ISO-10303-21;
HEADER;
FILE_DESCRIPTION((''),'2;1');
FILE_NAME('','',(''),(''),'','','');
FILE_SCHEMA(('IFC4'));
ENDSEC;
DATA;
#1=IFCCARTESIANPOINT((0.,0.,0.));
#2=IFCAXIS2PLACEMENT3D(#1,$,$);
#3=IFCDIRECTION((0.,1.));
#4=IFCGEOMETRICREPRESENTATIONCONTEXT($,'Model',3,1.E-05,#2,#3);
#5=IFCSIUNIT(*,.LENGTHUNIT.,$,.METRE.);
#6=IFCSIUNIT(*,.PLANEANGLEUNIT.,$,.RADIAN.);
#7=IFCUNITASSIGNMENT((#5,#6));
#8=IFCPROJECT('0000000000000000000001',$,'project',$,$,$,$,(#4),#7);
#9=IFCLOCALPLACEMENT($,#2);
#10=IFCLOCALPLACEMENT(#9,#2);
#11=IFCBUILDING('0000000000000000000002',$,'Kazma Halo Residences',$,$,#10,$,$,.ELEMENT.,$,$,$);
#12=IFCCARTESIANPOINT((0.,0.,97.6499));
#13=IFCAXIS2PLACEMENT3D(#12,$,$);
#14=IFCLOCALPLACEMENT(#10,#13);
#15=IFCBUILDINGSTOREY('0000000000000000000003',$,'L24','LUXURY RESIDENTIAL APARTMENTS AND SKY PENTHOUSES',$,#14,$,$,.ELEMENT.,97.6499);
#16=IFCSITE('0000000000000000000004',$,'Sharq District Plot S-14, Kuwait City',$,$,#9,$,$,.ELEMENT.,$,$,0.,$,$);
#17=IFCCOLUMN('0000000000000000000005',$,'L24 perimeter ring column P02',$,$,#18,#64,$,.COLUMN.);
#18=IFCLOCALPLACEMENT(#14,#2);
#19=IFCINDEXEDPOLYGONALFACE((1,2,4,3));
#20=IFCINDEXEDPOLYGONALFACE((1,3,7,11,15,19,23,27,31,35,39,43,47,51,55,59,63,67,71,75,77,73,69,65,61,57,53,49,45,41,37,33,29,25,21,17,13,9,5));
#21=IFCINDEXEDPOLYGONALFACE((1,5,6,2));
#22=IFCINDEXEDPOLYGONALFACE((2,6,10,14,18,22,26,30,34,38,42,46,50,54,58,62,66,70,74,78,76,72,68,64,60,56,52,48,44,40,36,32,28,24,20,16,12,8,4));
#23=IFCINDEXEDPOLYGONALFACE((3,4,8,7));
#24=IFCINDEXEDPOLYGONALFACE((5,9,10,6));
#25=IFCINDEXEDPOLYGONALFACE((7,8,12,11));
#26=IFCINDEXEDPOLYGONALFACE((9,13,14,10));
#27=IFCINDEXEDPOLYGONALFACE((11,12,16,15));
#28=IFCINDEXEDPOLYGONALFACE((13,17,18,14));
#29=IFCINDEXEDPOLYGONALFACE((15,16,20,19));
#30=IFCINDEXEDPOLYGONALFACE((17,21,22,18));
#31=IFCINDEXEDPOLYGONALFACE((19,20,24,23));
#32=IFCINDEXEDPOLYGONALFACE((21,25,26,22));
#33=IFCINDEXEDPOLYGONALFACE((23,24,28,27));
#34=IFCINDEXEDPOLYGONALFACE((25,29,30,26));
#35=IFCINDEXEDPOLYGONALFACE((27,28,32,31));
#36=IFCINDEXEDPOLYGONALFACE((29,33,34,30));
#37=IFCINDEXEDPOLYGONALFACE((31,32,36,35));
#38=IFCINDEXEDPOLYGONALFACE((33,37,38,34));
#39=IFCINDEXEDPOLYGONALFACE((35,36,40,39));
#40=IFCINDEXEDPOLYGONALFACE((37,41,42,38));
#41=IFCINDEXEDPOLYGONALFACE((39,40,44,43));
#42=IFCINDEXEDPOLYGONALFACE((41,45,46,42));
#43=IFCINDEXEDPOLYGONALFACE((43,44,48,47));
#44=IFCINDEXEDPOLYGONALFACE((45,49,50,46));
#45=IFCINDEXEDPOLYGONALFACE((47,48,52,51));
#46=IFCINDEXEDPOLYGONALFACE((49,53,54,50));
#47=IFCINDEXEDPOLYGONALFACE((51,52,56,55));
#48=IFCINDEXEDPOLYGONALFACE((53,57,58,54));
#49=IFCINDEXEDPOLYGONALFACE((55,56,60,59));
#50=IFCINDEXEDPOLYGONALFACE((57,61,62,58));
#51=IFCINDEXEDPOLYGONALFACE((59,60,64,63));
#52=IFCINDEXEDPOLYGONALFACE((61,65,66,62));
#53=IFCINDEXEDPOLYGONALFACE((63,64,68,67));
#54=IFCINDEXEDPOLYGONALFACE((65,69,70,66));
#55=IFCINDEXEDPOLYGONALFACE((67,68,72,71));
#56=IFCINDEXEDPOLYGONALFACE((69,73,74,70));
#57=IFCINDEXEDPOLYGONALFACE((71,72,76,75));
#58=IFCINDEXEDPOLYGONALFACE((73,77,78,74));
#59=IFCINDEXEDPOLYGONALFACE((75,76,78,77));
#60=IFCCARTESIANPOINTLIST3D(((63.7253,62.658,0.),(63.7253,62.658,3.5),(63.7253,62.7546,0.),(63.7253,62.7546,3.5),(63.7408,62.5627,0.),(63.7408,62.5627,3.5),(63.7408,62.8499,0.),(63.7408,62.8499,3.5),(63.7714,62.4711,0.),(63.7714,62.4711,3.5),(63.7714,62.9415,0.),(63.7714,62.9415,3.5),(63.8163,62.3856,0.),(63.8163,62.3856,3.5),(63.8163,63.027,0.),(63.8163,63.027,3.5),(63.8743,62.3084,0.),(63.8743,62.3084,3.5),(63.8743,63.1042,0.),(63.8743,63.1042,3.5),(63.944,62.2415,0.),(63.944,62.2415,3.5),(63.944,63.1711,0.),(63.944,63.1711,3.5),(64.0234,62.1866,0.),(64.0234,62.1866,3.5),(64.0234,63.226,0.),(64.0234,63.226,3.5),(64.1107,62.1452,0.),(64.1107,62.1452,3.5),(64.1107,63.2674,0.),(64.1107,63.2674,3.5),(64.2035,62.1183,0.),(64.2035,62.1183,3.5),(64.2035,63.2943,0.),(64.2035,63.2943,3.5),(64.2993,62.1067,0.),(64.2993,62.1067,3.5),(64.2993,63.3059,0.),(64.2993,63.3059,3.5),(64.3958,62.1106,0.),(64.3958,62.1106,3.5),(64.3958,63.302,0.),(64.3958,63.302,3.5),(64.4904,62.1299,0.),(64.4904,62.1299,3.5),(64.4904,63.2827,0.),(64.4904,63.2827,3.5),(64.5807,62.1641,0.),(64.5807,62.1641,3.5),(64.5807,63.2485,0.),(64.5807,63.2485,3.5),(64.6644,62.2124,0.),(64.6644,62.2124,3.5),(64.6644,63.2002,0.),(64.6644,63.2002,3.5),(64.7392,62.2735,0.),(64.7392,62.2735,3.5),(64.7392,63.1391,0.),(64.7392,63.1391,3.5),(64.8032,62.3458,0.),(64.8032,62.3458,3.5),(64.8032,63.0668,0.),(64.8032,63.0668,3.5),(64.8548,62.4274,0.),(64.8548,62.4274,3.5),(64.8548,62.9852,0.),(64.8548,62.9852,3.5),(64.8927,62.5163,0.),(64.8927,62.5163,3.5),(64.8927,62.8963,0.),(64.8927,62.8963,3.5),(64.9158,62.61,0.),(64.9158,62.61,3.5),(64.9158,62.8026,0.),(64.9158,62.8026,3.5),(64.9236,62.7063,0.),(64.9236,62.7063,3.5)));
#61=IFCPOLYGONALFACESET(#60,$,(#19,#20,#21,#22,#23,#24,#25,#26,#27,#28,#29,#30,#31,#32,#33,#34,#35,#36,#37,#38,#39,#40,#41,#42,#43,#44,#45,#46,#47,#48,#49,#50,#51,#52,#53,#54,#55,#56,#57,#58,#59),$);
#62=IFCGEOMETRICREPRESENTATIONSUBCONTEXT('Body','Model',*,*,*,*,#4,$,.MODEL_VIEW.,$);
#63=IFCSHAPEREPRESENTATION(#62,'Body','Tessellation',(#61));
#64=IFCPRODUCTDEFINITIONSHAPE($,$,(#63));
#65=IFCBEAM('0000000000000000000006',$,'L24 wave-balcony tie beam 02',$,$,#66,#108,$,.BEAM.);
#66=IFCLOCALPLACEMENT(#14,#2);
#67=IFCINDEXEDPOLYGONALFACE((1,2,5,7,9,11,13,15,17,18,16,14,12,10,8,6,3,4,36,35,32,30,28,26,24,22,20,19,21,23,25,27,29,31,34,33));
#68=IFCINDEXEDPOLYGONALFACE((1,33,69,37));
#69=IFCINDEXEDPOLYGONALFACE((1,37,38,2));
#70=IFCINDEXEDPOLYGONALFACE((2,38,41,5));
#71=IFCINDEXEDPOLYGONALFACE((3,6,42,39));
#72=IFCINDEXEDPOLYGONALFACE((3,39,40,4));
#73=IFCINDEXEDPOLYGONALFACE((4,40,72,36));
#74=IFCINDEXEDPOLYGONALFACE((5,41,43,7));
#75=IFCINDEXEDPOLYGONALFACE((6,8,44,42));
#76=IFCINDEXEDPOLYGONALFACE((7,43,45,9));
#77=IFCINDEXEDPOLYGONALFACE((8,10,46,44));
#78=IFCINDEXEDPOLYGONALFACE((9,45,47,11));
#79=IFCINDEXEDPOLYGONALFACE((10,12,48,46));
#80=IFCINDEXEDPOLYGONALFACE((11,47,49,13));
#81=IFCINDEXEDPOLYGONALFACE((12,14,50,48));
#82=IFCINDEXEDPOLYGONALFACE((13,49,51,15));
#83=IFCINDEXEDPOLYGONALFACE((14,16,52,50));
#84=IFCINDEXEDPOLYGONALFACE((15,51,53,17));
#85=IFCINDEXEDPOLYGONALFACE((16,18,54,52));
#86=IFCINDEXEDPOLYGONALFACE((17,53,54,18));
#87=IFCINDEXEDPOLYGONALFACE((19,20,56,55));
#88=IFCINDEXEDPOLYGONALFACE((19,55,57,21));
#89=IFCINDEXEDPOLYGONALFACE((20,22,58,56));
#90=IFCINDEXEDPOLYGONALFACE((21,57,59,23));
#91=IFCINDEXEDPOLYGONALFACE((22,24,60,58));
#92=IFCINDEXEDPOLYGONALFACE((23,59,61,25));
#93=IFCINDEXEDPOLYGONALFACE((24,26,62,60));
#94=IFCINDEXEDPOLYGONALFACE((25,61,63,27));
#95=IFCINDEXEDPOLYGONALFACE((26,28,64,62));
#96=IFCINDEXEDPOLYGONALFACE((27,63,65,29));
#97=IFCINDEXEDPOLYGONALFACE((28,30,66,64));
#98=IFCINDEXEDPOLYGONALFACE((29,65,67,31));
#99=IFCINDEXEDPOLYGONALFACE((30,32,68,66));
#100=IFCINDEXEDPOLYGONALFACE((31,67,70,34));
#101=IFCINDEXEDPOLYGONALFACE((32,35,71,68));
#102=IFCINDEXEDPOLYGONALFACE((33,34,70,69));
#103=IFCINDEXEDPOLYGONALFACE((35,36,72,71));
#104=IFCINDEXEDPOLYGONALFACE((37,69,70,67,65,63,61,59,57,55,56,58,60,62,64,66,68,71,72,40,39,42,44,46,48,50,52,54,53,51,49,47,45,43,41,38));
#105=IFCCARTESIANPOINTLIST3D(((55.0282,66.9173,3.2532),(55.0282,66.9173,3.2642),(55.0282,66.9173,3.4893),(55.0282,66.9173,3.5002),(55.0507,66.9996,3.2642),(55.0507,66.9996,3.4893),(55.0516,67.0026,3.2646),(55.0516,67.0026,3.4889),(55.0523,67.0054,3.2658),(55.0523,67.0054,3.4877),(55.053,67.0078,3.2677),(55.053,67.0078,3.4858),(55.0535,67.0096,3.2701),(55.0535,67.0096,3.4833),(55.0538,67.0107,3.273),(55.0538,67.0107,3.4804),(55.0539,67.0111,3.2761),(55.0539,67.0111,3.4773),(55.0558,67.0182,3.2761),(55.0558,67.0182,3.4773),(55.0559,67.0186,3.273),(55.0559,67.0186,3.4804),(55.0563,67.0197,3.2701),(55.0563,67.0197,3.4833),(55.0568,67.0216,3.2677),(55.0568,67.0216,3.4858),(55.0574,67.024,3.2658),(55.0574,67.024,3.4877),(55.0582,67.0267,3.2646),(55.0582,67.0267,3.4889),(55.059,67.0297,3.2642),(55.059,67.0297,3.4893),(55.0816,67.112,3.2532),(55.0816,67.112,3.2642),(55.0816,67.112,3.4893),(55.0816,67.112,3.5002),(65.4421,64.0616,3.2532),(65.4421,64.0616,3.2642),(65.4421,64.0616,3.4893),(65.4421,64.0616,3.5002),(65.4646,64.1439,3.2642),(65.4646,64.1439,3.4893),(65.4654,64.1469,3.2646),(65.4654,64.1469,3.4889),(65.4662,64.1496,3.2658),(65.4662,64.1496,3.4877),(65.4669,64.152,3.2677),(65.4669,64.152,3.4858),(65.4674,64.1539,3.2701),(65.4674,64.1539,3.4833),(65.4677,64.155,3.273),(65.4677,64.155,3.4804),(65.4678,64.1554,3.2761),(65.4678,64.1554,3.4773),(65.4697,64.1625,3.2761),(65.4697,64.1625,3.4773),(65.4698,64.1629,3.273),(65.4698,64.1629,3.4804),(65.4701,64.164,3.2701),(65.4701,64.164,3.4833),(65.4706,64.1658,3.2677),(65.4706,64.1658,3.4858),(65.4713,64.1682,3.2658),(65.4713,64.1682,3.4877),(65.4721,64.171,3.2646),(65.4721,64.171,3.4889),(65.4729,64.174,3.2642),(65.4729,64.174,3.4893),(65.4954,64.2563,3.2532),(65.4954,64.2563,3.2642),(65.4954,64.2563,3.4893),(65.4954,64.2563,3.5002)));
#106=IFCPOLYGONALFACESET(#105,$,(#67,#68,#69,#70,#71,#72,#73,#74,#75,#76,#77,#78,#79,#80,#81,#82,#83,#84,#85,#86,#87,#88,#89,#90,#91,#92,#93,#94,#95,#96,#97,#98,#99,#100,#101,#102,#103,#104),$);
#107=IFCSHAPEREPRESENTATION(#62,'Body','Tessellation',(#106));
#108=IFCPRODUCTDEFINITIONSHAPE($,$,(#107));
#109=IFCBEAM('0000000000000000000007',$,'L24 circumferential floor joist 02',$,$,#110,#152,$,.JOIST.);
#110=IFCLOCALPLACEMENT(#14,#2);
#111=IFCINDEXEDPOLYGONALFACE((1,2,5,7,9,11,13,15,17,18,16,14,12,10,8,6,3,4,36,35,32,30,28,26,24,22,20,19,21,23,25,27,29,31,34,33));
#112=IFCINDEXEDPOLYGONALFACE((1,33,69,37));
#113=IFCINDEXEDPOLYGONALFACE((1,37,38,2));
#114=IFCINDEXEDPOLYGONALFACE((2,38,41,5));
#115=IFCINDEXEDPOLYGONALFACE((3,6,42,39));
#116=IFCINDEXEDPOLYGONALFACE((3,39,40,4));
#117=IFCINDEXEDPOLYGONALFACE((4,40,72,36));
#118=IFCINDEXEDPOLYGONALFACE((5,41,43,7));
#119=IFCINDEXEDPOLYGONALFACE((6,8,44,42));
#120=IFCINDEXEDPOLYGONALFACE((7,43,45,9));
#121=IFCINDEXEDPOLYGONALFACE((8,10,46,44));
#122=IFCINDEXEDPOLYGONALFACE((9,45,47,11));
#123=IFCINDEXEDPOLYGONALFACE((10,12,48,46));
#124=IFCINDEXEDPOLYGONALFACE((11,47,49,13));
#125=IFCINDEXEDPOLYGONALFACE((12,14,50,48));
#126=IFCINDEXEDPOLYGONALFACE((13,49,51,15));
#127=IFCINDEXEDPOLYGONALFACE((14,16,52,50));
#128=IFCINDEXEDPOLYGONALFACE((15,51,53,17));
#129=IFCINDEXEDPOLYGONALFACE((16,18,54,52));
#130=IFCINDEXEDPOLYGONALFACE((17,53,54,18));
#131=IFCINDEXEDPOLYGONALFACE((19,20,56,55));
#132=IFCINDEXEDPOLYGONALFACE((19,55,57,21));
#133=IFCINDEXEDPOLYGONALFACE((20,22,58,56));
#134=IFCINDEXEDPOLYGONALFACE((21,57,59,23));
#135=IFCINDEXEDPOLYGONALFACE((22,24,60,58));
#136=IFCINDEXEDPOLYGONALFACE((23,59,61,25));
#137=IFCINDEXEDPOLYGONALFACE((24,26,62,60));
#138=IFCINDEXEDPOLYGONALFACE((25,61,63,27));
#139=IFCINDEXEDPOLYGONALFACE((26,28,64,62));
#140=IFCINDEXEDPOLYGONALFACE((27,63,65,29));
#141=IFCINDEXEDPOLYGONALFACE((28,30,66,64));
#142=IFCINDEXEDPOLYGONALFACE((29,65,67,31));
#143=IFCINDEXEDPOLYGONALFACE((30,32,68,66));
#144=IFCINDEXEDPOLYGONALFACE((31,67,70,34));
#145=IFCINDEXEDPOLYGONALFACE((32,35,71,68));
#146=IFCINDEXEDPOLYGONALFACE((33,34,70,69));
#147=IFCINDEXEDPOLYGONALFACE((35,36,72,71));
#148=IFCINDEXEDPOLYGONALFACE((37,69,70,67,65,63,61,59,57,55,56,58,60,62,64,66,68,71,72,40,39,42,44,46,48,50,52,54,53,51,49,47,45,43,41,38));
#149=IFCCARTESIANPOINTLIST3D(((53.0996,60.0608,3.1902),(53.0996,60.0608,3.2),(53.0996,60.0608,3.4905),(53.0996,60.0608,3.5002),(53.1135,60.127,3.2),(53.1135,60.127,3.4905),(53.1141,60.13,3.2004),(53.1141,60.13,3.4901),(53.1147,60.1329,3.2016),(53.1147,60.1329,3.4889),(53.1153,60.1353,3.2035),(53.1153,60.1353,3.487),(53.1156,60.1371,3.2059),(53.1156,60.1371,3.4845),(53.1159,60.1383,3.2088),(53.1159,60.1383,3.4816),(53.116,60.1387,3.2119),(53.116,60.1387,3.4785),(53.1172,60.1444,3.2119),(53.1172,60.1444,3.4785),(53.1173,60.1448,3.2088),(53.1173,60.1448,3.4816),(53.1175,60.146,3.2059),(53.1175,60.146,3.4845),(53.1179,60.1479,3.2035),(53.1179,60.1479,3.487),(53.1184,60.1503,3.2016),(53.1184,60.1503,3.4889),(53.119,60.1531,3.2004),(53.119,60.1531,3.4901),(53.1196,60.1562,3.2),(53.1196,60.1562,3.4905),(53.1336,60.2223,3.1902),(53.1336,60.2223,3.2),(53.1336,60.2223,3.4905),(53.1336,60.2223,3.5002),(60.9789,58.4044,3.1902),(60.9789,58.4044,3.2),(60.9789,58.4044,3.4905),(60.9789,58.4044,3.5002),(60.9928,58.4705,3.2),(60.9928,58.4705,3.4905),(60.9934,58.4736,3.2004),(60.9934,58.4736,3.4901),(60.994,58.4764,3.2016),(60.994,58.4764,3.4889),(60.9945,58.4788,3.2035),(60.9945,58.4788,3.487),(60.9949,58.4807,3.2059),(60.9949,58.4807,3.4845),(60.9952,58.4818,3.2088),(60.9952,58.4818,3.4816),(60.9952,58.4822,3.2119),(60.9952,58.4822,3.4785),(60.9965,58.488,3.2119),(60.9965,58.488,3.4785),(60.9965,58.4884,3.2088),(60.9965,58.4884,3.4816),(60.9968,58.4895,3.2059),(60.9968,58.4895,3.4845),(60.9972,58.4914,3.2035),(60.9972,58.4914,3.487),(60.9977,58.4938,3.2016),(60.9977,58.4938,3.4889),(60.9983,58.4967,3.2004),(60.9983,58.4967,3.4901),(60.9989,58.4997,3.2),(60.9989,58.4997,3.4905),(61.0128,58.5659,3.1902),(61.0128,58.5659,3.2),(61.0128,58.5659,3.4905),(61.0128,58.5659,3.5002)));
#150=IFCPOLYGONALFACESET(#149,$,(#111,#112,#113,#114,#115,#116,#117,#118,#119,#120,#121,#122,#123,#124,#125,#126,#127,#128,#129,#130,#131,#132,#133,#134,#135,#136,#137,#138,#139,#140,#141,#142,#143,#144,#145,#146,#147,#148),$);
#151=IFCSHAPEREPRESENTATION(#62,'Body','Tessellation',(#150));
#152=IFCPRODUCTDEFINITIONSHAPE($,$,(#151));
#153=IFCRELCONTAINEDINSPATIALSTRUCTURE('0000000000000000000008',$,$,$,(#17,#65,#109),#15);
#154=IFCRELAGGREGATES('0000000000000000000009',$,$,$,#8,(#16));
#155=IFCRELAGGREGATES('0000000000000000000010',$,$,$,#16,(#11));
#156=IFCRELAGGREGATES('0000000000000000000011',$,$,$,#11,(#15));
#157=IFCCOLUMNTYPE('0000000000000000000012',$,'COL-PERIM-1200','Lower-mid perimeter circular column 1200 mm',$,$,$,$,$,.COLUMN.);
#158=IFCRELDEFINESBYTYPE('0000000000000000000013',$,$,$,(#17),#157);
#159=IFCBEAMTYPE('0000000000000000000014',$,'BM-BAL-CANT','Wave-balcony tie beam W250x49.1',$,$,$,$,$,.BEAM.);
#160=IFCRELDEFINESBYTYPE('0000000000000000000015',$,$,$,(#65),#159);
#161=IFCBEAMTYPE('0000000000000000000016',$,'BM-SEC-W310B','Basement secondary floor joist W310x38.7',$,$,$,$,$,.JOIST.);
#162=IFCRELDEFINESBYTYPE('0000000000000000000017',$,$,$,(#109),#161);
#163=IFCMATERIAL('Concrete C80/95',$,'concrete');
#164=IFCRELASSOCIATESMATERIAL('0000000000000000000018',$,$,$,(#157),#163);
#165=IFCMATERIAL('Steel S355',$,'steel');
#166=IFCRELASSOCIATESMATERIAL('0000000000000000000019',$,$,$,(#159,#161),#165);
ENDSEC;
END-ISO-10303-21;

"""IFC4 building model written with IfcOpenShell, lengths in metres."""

from ifc_helpers import new_model, si_unit, direction, frame, origin, origin_2d, place, context, subcontext, project, spatial, circle, i_section, extrude, material, material_profile, profile_set, type_object, element, save


model = new_model("IFC4")

# Units and contexts
model_context = context("Model", 3, precision=1e-05, world=origin(), true_north=direction((0.0, 1.0)))
body_context = subcontext(model_context, "Body", "Model", "MODEL_VIEW")
ifc_project = project(units=[si_unit("LENGTHUNIT", "METRE"), si_unit("PLANEANGLEUNIT", "RADIAN")], contexts=[model_context])

# Site, building, storey
site_placement = place(None, origin())
site = spatial("IfcSite", under=ifc_project, at=site_placement, Name="Sharq District Plot S-14, Kuwait City", CompositionType="ELEMENT", RefElevation=0.0)
building_placement = place(site_placement, origin())
building = spatial("IfcBuilding", under=site, at=building_placement, Name="Kazma Halo Residences", CompositionType="ELEMENT")
storey_placement = place(building_placement, frame((0.0, 0.0, 97.6499)))
storey = spatial("IfcBuildingStorey", under=building, at=storey_placement, Name="L24", Description="LUXURY RESIDENTIAL APARTMENTS AND SKY PENTHOUSES", CompositionType="ELEMENT", Elevation=97.6499)

# Column
ifc_material_1 = material(Name="Concrete C80/95", Category="concrete")
ifc_material_profile_1 = material_profile(ifc_material_1, circle(Radius=0.6001, at=origin_2d()), Name="CIRC1200")
ifc_profile_set_1 = profile_set([ifc_material_profile_1], Name="Concrete C80/95")
column_type = type_object("IfcColumnType", Name="COL-PERIM-1200", Description="Lower-mid perimeter circular column 1200 mm", PredefinedType="COLUMN", material=ifc_profile_set_1)
column_placement = place(storey_placement, frame((64.3235, 62.7063, 0.0), z_axis=(0.0, 0.0, 1.0), x_axis=(1.0, 0.0, 0.0)))
element("IfcColumn", 1, at=column_placement, inside=storey, type_object=column_type, Name="L24 perimeter ring column P02", PredefinedType="COLUMN", context=body_context, shape_type="SweptSolid", body=[
    extrude(circle(Radius=0.6001, at=origin_2d()), origin(), (0.0, 0.0, 1.0), 3.5),
])

# Beams
ifc_material_2 = material(Name="Steel S355", Category="steel")
ifc_material_profile_2 = material_profile(ifc_material_2, i_section(OverallWidth=0.2019, OverallDepth=0.2471, WebThickness=0.0073, FlangeThickness=0.011, FilletRadius=0.012, at=origin_2d()), Name="W250x49.1")
ifc_profile_set_2 = profile_set([ifc_material_profile_2], Name="Steel S355")
beam_type_1 = type_object("IfcBeamType", Name="BM-BAL-CANT", Description="Wave-balcony tie beam W250x49.1", PredefinedType="BEAM", material=ifc_profile_set_2)
beam_1_placement = place(storey_placement, frame((65.4688, 64.1589, 3.3767), z_axis=(-0.964397, 0.26446, 0.0), x_axis=(-0.26446, -0.964397, 0.0)))
element("IfcBeam", 2, at=beam_1_placement, inside=storey, type_object=beam_type_1, Name="L24 wave-balcony tie beam 02", PredefinedType="BEAM", context=body_context, shape_type="SweptSolid", body=[
    extrude(i_section(OverallWidth=0.2019, OverallDepth=0.2471, WebThickness=0.0073, FlangeThickness=0.011, FilletRadius=0.012, at=origin_2d()), origin(), (0.0, 0.0, 1.0), 10.7983),
])
ifc_material_profile_3 = material_profile(ifc_material_2, i_section(OverallWidth=0.165, OverallDepth=0.3101, WebThickness=0.0059, FlangeThickness=0.0098, FilletRadius=0.012, at=origin_2d()), Name="W310x38.7")
ifc_profile_set_3 = profile_set([ifc_material_profile_3], Name="Steel S355")
beam_type_2 = type_object("IfcBeamType", Name="BM-SEC-W310B", Description="Basement secondary floor joist W310x38.7", PredefinedType="JOIST", material=ifc_profile_set_3)
beam_2_placement = place(storey_placement, frame((60.9958, 58.4851, 3.3452), z_axis=(-0.978608, 0.205734, 0.0), x_axis=(-0.205734, -0.978608, 0.0)))
element("IfcBeam", 3, at=beam_2_placement, inside=storey, type_object=beam_type_2, Name="L24 circumferential floor joist 02", PredefinedType="JOIST", context=body_context, shape_type="SweptSolid", body=[
    extrude(i_section(OverallWidth=0.165, OverallDepth=0.3101, WebThickness=0.0059, FlangeThickness=0.0098, FilletRadius=0.012, at=origin_2d()), origin(), (0.0, 0.0, 1.0), 8.0515),
])

save(model, "model.ifc")
